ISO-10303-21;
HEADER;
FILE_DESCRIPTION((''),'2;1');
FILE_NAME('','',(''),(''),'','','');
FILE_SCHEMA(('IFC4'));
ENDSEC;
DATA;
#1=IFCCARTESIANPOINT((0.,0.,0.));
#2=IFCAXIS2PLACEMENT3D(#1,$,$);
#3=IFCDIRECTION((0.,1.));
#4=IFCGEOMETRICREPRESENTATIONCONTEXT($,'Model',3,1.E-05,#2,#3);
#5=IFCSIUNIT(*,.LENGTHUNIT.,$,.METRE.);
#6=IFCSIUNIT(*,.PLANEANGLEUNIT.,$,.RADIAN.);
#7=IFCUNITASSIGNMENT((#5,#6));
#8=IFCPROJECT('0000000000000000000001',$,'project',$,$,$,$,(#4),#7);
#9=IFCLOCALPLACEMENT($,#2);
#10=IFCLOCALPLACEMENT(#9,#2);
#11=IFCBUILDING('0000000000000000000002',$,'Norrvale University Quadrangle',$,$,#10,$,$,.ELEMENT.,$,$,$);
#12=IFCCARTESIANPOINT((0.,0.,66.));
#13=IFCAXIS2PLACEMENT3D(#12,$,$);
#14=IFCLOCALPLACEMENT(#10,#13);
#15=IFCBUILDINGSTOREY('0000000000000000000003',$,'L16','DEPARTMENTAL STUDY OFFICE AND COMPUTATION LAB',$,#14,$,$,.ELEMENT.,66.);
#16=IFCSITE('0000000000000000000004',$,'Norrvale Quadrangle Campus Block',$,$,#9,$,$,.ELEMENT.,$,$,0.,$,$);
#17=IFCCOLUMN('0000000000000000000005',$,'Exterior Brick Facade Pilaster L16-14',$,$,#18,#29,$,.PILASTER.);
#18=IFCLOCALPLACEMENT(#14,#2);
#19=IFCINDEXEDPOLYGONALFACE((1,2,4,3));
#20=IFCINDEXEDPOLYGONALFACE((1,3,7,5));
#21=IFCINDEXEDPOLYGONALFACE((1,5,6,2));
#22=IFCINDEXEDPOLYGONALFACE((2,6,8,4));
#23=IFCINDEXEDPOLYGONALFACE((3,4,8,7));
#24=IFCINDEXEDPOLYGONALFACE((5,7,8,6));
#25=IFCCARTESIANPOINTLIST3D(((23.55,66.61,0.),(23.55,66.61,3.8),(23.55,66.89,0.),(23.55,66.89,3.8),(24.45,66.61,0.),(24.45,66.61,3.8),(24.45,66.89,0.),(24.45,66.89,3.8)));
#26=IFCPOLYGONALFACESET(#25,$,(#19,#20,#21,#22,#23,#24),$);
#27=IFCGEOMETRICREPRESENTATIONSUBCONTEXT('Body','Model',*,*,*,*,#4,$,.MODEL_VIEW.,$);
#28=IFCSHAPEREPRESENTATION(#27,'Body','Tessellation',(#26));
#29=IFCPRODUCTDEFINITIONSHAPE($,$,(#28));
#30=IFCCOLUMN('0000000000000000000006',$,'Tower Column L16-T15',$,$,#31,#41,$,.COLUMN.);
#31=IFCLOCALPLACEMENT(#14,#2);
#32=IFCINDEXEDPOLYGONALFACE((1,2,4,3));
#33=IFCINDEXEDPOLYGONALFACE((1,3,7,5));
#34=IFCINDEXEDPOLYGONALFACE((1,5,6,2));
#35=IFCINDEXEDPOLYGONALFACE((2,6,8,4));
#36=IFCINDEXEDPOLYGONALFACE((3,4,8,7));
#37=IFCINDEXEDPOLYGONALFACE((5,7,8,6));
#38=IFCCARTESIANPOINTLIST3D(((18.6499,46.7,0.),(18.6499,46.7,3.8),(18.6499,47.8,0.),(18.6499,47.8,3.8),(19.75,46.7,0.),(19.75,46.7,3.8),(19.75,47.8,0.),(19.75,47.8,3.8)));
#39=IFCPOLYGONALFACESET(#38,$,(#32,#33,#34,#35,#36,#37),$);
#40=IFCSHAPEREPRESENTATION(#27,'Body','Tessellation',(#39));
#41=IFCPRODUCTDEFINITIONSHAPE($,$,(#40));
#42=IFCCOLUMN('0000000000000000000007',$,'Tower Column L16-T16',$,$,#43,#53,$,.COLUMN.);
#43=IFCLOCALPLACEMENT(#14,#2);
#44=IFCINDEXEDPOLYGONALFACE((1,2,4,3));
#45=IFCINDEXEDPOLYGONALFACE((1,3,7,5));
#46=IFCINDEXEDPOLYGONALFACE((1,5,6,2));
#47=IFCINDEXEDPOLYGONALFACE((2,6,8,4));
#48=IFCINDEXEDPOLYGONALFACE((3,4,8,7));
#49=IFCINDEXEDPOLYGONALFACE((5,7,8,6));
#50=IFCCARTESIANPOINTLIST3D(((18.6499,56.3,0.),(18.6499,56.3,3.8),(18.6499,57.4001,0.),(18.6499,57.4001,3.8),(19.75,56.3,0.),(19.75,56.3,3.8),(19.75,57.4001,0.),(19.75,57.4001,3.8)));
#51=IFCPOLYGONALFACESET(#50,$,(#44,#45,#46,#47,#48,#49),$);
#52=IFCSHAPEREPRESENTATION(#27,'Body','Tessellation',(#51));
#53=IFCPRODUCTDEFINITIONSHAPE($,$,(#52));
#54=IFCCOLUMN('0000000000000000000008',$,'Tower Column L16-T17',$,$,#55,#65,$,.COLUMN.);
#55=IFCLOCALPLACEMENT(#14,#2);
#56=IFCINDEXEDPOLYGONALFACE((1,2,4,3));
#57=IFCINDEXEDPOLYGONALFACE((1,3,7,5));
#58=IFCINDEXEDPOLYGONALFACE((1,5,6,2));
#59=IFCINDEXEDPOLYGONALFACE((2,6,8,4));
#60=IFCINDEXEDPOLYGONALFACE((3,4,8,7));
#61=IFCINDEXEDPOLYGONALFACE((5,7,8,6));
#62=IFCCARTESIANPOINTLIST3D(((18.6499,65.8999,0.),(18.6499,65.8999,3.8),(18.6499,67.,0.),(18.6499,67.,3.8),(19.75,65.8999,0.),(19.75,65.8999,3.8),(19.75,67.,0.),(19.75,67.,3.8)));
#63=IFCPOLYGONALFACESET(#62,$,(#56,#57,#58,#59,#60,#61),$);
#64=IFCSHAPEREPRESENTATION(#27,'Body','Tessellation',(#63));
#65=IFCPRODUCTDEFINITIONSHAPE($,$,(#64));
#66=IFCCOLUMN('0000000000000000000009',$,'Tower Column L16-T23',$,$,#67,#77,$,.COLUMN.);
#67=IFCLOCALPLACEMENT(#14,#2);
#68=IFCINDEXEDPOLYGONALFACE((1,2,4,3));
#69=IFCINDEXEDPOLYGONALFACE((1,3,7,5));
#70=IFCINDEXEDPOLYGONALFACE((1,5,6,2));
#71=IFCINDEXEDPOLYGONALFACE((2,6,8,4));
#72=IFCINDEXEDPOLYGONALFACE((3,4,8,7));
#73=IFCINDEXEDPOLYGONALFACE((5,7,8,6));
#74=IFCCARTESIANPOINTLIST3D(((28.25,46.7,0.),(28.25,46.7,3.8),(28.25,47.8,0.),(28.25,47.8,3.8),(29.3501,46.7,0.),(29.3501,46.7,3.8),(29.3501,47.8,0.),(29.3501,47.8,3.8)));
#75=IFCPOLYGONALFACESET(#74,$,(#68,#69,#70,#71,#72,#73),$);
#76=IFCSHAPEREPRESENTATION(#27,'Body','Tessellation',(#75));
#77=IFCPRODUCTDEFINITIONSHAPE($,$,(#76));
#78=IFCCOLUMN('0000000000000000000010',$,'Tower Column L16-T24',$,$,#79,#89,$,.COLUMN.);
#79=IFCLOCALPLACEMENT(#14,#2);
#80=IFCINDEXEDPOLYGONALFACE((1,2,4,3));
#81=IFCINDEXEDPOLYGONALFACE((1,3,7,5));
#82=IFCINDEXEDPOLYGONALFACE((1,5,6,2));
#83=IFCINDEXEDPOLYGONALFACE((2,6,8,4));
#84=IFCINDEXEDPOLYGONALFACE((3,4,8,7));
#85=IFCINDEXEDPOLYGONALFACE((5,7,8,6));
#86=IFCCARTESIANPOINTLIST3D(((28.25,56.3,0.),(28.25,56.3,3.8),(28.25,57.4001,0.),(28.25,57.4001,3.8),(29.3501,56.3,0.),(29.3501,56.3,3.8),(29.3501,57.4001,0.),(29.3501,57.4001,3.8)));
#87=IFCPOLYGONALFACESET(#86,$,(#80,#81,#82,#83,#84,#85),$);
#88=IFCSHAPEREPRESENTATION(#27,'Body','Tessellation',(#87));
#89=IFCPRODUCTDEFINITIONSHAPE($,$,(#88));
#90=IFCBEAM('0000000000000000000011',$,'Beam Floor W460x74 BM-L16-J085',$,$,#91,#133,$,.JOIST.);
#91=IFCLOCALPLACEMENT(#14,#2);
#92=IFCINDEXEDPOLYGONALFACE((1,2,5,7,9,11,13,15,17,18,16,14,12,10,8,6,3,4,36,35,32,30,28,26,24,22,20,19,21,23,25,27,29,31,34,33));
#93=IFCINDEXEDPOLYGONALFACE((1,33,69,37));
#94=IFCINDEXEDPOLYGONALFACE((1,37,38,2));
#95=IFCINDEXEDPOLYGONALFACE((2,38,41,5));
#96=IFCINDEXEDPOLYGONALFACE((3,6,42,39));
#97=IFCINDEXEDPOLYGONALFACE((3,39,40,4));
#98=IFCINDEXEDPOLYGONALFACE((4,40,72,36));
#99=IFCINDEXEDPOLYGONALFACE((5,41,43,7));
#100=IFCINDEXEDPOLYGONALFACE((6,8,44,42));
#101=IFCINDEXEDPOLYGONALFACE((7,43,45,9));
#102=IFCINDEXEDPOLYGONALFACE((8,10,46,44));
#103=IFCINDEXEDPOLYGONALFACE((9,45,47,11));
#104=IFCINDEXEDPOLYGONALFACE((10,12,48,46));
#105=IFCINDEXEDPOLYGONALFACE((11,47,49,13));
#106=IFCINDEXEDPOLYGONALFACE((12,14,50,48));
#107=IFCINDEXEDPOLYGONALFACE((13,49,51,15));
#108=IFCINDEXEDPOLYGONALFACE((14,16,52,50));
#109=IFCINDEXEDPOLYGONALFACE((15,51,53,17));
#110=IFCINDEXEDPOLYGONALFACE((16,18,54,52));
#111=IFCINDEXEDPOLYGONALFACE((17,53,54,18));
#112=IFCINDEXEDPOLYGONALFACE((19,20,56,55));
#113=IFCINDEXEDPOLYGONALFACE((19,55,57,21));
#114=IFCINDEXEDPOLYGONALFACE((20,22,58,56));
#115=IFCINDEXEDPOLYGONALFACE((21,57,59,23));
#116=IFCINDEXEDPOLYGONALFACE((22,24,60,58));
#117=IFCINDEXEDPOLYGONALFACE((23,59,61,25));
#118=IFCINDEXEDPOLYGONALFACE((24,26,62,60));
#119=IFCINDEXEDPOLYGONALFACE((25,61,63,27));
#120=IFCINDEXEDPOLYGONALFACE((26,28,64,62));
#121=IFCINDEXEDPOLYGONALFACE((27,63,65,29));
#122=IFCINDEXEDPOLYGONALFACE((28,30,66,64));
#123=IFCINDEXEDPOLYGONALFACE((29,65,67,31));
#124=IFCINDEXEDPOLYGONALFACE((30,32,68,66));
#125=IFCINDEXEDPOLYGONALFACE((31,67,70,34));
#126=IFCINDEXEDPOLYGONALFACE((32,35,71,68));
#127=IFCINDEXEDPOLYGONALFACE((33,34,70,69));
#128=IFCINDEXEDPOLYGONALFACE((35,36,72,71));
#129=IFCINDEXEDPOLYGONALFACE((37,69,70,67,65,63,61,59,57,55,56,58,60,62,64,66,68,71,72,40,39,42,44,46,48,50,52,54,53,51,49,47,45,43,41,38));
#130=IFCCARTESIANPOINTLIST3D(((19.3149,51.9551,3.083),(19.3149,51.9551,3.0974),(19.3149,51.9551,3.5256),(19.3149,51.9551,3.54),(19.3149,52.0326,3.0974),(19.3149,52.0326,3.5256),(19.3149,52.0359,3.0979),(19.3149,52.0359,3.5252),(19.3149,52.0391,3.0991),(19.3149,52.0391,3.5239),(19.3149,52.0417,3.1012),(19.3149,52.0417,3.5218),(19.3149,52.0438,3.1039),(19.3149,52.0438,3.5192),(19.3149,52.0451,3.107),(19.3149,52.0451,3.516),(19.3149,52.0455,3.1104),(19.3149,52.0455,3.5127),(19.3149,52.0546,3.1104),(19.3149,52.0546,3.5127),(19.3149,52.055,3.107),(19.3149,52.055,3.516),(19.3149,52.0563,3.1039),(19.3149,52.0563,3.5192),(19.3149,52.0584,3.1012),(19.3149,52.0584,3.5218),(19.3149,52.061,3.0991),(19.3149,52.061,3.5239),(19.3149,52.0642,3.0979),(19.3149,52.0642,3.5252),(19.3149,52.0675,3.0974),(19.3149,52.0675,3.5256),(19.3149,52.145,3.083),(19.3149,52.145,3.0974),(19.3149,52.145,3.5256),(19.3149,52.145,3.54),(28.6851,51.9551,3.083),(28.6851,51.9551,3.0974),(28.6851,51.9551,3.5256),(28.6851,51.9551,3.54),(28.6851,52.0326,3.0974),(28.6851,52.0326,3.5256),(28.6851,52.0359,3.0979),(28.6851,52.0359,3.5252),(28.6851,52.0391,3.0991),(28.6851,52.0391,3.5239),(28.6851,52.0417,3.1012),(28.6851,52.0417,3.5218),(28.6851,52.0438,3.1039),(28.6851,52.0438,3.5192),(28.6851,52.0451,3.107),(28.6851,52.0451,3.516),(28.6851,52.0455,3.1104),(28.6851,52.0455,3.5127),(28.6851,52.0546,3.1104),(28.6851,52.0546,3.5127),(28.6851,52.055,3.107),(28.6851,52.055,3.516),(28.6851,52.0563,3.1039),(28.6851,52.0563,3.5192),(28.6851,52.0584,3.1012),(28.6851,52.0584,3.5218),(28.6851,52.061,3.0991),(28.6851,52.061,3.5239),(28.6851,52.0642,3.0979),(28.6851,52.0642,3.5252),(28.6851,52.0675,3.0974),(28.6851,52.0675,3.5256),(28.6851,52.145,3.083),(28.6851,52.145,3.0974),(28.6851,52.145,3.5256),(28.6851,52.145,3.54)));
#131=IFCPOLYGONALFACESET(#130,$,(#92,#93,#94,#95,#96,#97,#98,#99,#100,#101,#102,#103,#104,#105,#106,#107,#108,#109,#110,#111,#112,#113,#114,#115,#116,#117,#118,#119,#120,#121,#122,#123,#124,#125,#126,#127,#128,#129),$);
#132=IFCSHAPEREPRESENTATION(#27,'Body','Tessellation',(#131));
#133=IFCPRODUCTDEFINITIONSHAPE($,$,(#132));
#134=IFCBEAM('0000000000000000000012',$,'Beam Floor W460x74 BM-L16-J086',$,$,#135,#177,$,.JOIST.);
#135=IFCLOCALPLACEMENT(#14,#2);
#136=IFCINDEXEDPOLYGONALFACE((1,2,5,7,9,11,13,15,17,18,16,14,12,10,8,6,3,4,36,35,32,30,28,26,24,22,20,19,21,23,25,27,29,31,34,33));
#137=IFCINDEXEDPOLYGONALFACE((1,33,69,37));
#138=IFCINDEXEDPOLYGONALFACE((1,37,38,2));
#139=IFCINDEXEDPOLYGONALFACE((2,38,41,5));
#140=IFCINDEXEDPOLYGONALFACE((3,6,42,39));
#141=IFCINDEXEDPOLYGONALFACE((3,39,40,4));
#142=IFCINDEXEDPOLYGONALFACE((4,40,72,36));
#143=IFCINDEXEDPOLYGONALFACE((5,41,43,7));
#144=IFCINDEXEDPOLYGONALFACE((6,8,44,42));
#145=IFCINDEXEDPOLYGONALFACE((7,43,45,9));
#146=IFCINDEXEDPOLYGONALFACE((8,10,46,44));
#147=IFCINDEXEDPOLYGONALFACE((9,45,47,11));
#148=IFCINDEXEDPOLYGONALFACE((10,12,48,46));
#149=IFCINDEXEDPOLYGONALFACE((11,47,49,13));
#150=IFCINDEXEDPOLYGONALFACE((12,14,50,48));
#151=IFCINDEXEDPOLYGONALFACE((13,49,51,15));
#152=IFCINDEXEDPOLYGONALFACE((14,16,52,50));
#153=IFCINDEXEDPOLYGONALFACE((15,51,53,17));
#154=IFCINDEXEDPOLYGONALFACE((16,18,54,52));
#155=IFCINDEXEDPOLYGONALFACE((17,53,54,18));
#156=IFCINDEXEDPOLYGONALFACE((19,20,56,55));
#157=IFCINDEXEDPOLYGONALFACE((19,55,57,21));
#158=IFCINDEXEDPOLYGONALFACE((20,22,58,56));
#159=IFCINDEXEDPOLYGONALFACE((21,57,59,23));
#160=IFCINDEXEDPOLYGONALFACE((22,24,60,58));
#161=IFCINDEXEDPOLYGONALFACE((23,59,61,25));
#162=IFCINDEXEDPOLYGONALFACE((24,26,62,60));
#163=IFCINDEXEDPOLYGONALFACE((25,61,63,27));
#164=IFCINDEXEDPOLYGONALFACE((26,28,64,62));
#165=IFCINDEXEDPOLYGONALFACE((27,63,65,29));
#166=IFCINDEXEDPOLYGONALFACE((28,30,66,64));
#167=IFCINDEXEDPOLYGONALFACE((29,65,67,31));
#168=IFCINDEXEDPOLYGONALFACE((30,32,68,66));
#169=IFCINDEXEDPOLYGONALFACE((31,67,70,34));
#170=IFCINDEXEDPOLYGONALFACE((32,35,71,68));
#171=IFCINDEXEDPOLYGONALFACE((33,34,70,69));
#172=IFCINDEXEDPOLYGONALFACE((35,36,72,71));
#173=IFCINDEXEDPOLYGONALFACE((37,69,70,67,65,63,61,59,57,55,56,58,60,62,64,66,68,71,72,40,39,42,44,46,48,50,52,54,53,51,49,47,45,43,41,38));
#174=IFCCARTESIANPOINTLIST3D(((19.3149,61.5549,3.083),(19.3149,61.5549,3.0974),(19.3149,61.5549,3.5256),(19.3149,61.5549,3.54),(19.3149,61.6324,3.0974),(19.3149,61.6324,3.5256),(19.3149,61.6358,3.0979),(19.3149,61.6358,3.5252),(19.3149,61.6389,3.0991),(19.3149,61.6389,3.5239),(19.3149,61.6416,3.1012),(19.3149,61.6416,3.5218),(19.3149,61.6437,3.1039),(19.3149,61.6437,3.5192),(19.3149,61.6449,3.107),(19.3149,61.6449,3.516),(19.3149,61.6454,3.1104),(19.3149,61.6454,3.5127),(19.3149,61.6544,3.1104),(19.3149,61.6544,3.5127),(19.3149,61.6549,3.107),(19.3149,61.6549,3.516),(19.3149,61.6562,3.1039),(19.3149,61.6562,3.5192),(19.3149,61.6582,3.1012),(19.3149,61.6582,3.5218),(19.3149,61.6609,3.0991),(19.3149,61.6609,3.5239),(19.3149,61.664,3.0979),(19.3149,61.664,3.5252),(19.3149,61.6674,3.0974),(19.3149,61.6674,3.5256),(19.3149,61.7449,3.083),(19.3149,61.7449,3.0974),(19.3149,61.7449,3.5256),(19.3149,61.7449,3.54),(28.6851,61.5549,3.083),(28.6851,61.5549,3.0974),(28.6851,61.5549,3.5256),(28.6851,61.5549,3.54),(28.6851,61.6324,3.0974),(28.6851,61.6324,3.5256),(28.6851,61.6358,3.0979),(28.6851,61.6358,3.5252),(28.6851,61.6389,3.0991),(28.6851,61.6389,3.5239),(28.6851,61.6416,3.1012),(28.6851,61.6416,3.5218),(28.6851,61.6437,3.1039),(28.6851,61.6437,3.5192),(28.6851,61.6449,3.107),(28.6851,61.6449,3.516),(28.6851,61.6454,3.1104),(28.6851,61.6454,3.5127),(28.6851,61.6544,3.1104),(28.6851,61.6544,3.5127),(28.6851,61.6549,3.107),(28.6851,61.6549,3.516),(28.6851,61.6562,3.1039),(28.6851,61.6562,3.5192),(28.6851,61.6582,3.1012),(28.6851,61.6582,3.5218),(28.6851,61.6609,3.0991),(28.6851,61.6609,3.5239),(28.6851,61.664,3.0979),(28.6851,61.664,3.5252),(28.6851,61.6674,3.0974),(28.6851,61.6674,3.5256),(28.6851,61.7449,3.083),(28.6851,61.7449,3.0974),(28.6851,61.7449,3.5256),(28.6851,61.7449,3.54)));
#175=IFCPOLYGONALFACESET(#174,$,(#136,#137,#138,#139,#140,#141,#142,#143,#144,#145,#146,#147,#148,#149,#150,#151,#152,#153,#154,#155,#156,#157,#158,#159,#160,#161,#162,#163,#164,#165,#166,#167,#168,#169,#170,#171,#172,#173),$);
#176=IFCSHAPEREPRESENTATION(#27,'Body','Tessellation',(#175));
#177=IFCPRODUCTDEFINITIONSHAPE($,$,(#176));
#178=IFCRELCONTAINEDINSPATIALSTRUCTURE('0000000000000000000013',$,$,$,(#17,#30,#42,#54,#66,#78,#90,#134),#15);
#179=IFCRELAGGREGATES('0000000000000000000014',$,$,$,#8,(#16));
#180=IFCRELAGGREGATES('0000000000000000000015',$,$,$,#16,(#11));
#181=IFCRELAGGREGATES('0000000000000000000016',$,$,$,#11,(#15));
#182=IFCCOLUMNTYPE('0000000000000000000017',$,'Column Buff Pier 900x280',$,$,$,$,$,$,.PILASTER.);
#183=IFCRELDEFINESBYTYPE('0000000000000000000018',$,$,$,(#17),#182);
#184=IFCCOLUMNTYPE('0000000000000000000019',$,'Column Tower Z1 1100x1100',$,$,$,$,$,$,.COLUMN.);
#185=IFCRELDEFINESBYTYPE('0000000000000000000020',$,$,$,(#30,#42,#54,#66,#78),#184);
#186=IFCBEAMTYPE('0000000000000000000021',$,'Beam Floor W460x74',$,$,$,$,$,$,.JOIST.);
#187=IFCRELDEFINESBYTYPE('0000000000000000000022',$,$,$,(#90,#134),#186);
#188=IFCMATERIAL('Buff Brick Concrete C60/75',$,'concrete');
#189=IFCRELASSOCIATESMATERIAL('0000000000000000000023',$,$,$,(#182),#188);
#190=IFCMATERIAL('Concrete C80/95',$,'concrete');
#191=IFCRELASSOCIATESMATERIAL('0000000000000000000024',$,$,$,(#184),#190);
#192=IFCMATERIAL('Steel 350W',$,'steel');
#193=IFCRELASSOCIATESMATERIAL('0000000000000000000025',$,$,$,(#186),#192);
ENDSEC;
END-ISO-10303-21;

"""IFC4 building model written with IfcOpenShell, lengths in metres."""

from ifc_helpers import new_model, si_unit, direction, frame, origin, origin_2d, place, context, subcontext, project, spatial, rectangle, i_section, extrude, material, material_profile, profile_set, type_object, element, save


model = new_model("IFC4")

# Units and contexts
model_context = context("Model", 3, precision=1e-05, world=origin(), true_north=direction((0.0, 1.0)))
body_context = subcontext(model_context, "Body", "Model", "MODEL_VIEW")
ifc_project = project(units=[si_unit("LENGTHUNIT", "METRE"), si_unit("PLANEANGLEUNIT", "RADIAN")], contexts=[model_context])

# Site, building, storey
site_placement = place(None, origin())
site = spatial("IfcSite", under=ifc_project, at=site_placement, Name="Norrvale Quadrangle Campus Block", CompositionType="ELEMENT", RefElevation=0.0)
building_placement = place(site_placement, origin())
building = spatial("IfcBuilding", under=site, at=building_placement, Name="Norrvale University Quadrangle", CompositionType="ELEMENT")
storey_placement = place(building_placement, frame((0.0, 0.0, 66.0)))
storey = spatial("IfcBuildingStorey", under=building, at=storey_placement, Name="L16", Description="DEPARTMENTAL STUDY OFFICE AND COMPUTATION LAB", CompositionType="ELEMENT", Elevation=66.0)

# Columns
ifc_material_1 = material(Name="Buff Brick Concrete C60/75", Category="concrete")
ifc_material_profile_1 = material_profile(ifc_material_1, rectangle(XDim=0.8999, YDim=0.28, at=origin_2d()), Name="Buff Brick Concrete C60/75")
ifc_profile_set_1 = profile_set([ifc_material_profile_1], Name="Buff Brick Concrete C60/75")
column_type_1 = type_object("IfcColumnType", Name="Column Buff Pier 900x280", PredefinedType="PILASTER", material=ifc_profile_set_1)
column_placement = place(storey_placement, frame((24.0, 66.75, 0.0), z_axis=(0.0, 0.0, 1.0), x_axis=(1.0, 0.0, 0.0)))
element("IfcColumn", 1, at=column_placement, inside=storey, type_object=column_type_1, Name="Exterior Brick Facade Pilaster L16-14", PredefinedType="PILASTER", context=body_context, shape_type="SweptSolid", body=[
    extrude(rectangle(XDim=0.8999, YDim=0.28, at=origin_2d()), origin(), (0.0, 0.0, 1.0), 3.8),
])
ifc_material_2 = material(Name="Concrete C80/95", Category="concrete")
ifc_material_profile_2 = material_profile(ifc_material_2, rectangle(XDim=1.1001, YDim=1.1001, at=origin_2d()), Name="Concrete C80/95")
ifc_profile_set_2 = profile_set([ifc_material_profile_2], Name="Concrete C80/95")
column_type_2 = type_object("IfcColumnType", Name="Column Tower Z1 1100x1100", PredefinedType="COLUMN", material=ifc_profile_set_2)
for number, where, z_axis, x_axis, name in (
    (2, (19.2, 47.25, 0.0), (0.0, 0.0, 1.0), (1.0, 0.0, 0.0), "Tower Column L16-T15"),
    (3, (19.2, 56.8501, 0.0), (0.0, 0.0, 1.0), (1.0, 0.0, 0.0), "Tower Column L16-T16"),
    (4, (19.2, 66.45, 0.0), (0.0, 0.0, 1.0), (1.0, 0.0, 0.0), "Tower Column L16-T17"),
    (5, (28.8, 47.25, 0.0), (0.0, 0.0, 1.0), (1.0, 0.0, 0.0), "Tower Column L16-T23"),
    (6, (28.8, 56.8501, 0.0), (0.0, 0.0, 1.0), (1.0, 0.0, 0.0), "Tower Column L16-T24"),
):
    element("IfcColumn", number, at=place(storey_placement, frame(where, z_axis=z_axis, x_axis=x_axis)), inside=storey, type_object=column_type_2, Name=name, PredefinedType="COLUMN", context=body_context, shape_type="SweptSolid", body=[
        extrude(rectangle(XDim=1.1001, YDim=1.1001, at=origin_2d()), origin(), (0.0, 0.0, 1.0), 3.8),
    ])

# Beams
ifc_material_3 = material(Name="Steel 350W", Category="steel")
ifc_material_profile_3 = material_profile(ifc_material_3, i_section(OverallWidth=0.1899, OverallDepth=0.457, WebThickness=0.009, FlangeThickness=0.0144, FilletRadius=0.0129, at=origin_2d()), Name="Steel 350W")
ifc_profile_set_3 = profile_set([ifc_material_profile_3], Name="Steel 350W")
beam_type_1 = type_object("IfcBeamType", Name="Beam Floor W460x74", PredefinedType="JOIST", material=ifc_profile_set_3)
for number, where, z_axis, x_axis, name in (
    (7, (19.3149, 52.05, 3.3115), (1.0, 0.0, 0.0), (0.0, 1.0, 0.0), "Beam Floor W460x74 BM-L16-J085"),
    (8, (19.3149, 61.6499, 3.3115), (1.0, 0.0, 0.0), (0.0, 1.0, 0.0), "Beam Floor W460x74 BM-L16-J086"),
):
    element("IfcBeam", number, at=place(storey_placement, frame(where, z_axis=z_axis, x_axis=x_axis)), inside=storey, type_object=beam_type_1, Name=name, PredefinedType="JOIST", context=body_context, shape_type="SweptSolid", body=[
        extrude(i_section(OverallWidth=0.1899, OverallDepth=0.457, WebThickness=0.009, FlangeThickness=0.0144, FilletRadius=0.0129, at=origin_2d()), origin(), (0.0, 0.0, 1.0), 9.3701),
    ])

save(model, "model.ifc")
